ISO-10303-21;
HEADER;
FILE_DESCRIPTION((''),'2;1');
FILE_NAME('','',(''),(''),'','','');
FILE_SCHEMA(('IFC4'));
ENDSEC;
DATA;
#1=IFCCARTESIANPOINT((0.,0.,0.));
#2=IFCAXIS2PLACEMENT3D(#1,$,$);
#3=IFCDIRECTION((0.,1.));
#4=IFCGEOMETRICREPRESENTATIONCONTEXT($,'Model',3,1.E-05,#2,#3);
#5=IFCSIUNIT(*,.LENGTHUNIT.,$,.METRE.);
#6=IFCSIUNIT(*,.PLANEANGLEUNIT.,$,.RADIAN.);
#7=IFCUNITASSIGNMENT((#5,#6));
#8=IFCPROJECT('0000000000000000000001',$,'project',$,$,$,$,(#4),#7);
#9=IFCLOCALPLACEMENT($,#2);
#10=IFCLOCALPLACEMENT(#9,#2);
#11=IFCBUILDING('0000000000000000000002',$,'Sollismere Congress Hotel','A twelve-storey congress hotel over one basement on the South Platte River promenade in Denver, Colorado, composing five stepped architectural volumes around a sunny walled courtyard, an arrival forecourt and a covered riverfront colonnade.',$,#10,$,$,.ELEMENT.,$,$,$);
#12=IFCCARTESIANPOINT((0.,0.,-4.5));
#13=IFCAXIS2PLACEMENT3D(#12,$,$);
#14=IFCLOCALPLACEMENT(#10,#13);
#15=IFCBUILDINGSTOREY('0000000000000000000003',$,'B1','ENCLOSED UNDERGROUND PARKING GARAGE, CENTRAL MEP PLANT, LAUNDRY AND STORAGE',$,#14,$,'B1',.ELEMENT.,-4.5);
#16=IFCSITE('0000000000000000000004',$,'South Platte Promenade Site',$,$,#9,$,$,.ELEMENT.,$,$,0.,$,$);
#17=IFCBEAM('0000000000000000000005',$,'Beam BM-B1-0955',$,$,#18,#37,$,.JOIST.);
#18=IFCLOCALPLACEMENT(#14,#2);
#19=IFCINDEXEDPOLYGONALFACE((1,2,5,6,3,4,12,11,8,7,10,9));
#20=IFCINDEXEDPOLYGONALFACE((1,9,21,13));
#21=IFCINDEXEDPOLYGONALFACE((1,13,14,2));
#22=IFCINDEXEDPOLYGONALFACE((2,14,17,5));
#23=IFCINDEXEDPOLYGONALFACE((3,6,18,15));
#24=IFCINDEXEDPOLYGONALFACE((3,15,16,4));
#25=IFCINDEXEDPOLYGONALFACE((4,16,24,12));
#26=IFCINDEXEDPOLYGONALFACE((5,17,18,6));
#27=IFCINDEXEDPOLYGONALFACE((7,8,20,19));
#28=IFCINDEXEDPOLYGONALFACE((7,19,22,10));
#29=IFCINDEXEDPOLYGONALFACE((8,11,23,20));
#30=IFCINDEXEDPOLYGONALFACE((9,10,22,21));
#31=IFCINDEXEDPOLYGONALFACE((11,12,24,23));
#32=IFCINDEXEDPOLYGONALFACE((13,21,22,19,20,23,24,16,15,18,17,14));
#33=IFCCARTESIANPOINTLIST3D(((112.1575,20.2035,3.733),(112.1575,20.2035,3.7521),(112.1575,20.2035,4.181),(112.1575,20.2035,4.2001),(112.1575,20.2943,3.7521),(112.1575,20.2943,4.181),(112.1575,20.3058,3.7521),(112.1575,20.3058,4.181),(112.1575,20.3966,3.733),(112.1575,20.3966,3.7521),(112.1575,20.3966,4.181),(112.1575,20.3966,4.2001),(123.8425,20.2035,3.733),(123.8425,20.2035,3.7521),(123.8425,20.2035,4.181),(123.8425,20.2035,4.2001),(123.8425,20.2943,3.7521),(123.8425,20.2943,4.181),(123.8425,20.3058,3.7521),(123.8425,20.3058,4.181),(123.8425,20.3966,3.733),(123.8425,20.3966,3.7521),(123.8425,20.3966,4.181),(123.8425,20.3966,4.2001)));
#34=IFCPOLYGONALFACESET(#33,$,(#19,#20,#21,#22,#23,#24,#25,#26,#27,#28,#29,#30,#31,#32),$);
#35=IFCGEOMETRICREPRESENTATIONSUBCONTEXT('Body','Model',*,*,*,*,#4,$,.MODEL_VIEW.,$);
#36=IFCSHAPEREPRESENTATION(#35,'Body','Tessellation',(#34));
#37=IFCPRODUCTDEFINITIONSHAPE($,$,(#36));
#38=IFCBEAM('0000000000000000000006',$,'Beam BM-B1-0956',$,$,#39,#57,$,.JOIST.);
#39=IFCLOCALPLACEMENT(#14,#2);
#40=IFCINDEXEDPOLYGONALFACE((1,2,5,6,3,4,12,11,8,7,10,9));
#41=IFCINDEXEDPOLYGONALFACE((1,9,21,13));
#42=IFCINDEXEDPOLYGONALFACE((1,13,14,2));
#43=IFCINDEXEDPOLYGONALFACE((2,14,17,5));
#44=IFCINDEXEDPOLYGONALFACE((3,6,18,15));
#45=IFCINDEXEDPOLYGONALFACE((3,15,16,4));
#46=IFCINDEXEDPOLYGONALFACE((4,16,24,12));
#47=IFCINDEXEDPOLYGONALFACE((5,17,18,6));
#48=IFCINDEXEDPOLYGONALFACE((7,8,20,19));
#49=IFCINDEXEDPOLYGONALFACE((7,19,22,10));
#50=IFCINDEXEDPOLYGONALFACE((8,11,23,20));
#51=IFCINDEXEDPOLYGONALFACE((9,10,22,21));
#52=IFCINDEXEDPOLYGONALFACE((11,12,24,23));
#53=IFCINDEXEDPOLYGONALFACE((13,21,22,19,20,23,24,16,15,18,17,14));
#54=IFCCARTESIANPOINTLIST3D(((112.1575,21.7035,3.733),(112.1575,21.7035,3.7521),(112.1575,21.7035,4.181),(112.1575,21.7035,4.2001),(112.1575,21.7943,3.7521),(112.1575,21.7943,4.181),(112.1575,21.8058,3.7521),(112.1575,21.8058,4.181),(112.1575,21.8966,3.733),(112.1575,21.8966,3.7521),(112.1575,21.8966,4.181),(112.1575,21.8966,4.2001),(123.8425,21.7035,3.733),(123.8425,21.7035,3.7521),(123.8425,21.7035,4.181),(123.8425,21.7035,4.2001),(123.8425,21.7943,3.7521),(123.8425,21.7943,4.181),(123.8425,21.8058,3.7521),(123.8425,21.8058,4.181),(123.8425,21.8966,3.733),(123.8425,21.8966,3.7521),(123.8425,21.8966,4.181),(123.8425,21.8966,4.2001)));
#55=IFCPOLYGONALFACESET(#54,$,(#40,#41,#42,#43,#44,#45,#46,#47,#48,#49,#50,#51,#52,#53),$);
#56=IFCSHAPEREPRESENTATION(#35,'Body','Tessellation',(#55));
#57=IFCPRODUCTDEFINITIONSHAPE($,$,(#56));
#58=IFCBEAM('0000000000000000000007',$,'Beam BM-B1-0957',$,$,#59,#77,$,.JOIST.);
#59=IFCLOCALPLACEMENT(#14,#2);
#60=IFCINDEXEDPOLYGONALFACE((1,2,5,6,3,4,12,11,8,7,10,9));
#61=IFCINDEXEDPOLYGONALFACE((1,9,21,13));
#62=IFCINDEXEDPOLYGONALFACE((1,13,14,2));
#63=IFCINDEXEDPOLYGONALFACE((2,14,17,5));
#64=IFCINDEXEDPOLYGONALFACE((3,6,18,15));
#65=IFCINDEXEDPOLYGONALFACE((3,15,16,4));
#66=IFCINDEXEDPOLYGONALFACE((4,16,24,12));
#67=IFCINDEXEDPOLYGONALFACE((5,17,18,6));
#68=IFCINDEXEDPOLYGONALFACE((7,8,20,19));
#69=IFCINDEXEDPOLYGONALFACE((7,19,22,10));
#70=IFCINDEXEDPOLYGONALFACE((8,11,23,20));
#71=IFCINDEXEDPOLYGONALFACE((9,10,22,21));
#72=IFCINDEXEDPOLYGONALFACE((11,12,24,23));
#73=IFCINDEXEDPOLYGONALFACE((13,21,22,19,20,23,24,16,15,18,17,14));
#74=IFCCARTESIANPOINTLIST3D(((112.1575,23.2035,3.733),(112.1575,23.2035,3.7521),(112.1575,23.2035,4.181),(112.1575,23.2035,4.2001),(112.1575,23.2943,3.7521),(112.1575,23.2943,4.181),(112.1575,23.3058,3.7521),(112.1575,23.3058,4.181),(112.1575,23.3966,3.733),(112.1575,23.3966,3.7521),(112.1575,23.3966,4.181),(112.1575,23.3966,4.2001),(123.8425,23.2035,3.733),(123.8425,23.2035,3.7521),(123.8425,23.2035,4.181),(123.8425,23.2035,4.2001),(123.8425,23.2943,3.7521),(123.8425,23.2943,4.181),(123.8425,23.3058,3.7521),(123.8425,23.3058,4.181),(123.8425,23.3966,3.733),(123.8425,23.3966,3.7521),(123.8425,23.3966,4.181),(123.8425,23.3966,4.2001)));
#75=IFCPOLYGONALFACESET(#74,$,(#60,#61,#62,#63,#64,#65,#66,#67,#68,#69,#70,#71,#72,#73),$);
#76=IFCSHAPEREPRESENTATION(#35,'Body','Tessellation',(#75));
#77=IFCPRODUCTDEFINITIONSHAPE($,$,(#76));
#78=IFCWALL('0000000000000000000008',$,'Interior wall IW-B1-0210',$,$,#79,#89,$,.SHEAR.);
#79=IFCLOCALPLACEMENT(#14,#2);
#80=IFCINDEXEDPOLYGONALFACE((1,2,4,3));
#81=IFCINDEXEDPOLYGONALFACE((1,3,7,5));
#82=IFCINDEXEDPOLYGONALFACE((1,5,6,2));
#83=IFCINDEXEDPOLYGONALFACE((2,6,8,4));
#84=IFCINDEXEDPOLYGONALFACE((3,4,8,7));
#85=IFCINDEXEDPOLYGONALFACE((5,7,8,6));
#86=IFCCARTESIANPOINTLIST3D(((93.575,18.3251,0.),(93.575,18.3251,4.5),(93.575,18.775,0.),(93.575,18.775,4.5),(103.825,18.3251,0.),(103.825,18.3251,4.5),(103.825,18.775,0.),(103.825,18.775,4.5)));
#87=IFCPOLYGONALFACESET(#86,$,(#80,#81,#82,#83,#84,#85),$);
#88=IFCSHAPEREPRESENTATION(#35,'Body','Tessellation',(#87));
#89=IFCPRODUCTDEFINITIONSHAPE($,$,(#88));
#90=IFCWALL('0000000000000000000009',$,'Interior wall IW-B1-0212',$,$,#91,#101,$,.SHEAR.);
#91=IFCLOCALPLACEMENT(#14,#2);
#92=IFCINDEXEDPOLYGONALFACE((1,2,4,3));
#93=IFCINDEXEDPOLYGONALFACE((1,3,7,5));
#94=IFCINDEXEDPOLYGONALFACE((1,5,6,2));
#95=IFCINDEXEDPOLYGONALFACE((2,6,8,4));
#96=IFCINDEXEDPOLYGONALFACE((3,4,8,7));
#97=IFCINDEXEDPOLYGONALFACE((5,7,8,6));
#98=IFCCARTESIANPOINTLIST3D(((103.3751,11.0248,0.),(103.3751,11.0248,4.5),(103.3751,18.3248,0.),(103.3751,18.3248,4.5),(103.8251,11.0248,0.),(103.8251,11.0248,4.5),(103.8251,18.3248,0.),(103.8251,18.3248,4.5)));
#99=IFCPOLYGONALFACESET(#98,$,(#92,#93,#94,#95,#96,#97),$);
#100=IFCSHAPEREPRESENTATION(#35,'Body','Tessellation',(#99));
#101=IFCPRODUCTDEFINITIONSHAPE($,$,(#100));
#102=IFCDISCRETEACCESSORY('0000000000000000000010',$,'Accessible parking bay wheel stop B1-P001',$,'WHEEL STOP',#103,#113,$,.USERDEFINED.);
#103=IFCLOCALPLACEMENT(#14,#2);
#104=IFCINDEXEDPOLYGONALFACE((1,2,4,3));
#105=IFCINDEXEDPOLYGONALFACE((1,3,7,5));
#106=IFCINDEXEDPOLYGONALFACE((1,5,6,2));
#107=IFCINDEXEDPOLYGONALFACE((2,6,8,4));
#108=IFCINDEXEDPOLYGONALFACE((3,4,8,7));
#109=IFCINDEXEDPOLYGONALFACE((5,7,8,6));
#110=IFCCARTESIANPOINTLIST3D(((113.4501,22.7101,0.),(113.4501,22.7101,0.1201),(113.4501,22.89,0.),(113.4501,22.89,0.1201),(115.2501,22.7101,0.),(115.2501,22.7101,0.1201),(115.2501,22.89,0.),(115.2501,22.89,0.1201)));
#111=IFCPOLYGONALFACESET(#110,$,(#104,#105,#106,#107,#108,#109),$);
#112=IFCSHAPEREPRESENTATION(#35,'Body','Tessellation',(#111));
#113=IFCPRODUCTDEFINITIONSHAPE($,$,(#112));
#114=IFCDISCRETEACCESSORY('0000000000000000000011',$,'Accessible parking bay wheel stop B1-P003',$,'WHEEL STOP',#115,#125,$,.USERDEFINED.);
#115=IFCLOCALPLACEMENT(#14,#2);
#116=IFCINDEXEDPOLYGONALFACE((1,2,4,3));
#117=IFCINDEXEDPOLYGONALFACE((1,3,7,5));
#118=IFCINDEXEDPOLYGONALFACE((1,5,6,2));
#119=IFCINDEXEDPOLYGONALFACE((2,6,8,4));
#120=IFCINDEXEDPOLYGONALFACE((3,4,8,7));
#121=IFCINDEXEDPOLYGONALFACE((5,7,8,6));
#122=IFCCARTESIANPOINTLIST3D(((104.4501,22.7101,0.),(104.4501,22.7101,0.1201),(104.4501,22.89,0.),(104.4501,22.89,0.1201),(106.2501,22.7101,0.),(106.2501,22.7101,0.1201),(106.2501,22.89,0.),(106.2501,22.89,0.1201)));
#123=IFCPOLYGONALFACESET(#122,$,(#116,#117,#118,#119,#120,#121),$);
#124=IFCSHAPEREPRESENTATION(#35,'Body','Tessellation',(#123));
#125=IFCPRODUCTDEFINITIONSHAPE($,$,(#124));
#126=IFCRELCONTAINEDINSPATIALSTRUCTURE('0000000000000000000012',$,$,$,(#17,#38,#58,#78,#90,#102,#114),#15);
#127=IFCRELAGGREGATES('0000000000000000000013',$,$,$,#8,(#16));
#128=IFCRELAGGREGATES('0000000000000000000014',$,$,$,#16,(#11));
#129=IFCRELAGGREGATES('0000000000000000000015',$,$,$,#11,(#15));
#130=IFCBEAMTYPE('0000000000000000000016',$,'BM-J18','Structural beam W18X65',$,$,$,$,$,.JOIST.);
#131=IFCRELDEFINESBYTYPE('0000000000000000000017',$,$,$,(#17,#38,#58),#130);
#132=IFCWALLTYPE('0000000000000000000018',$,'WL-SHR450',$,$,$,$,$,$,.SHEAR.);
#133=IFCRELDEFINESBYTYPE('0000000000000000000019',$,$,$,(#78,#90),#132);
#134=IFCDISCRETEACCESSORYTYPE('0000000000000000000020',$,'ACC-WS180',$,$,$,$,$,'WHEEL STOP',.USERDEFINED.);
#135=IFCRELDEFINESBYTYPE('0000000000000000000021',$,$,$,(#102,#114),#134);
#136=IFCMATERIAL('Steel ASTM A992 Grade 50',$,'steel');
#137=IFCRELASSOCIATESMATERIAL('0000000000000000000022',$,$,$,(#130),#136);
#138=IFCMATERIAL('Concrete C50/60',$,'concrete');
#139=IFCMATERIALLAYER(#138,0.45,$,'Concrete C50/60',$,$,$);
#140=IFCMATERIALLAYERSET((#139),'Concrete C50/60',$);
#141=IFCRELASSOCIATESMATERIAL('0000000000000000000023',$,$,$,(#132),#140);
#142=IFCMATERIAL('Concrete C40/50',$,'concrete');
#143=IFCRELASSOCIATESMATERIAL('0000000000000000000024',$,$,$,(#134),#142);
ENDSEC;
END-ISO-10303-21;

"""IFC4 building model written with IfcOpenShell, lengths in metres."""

from ifc_helpers import new_model, si_unit, direction, frame, frame_2d, origin, origin_2d, place, context, subcontext, project, spatial, rectangle, i_section, extrude, material, layer, layer_set, material_profile, profile_set, type_object, element, save


model = new_model("IFC4")

# Units and contexts
model_context = context("Model", 3, precision=1e-05, world=origin(), true_north=direction((0.0, 1.0)))
body_context = subcontext(model_context, "Body", "Model", "MODEL_VIEW")
ifc_project = project(units=[si_unit("LENGTHUNIT", "METRE"), si_unit("PLANEANGLEUNIT", "RADIAN")], contexts=[model_context])

# Site, building, storey
site_placement = place(None, origin())
site = spatial("IfcSite", under=ifc_project, at=site_placement, Name="South Platte Promenade Site", CompositionType="ELEMENT", RefElevation=0.0)
building_placement = place(site_placement, origin())
building = spatial("IfcBuilding", under=site, at=building_placement, Name="Sollismere Congress Hotel", Description="A twelve-storey congress hotel over one basement on the South Platte River promenade in Denver, Colorado, composing five stepped architectural volumes around a sunny walled courtyard, an arrival forecourt and a covered riverfront colonnade.", CompositionType="ELEMENT")
storey_placement = place(building_placement, frame((0.0, 0.0, -4.5)))
storey = spatial("IfcBuildingStorey", under=building, at=storey_placement, Name="B1", Description="ENCLOSED UNDERGROUND PARKING GARAGE, CENTRAL MEP PLANT, LAUNDRY AND STORAGE", LongName="B1", CompositionType="ELEMENT", Elevation=-4.5)

# Shared definitions
ifc_material_1 = material(Name="Concrete C40/50", Category="concrete")

# Shared definitions
ifc_material_2 = material(Name="Concrete C50/60", Category="concrete")

# Beams
ifc_material_3 = material(Name="Steel ASTM A992 Grade 50", Category="steel")
ifc_material_profile_1 = material_profile(ifc_material_3, i_section(OverallWidth=0.1931, OverallDepth=0.467, WebThickness=0.0115, FlangeThickness=0.019, at=origin_2d()), Name="W18X65")
ifc_profile_set_1 = profile_set([ifc_material_profile_1], Name="Steel ASTM A992 Grade 50")
beam_type_1 = type_object("IfcBeamType", Name="BM-J18", Description="Structural beam W18X65", PredefinedType="JOIST", material=ifc_profile_set_1)
for number, where, z_axis, x_axis, name in (
    (1, (112.1575, 20.3, 3.9666), (1.0, 0.0, 0.0), (0.0, 1.0, 0.0), "Beam BM-B1-0955"),
    (2, (112.1575, 21.8, 3.9666), (1.0, 0.0, 0.0), (0.0, 1.0, 0.0), "Beam BM-B1-0956"),
    (3, (112.1575, 23.3, 3.9666), (1.0, 0.0, 0.0), (0.0, 1.0, 0.0), "Beam BM-B1-0957"),
):
    element("IfcBeam", number, at=place(storey_placement, frame(where, z_axis=z_axis, x_axis=x_axis)), inside=storey, type_object=beam_type_1, Name=name, PredefinedType="JOIST", context=body_context, shape_type="SweptSolid", body=[
        extrude(i_section(OverallWidth=0.1931, OverallDepth=0.467, WebThickness=0.0115, FlangeThickness=0.019, at=origin_2d()), origin(), (0.0, 0.0, 1.0), 11.6851),
    ])

# Walls
ifc_layer = layer(ifc_material_2, 0.45, Name="Concrete C50/60")
ifc_layer_set = layer_set([ifc_layer], Name="Concrete C50/60")
wall_type = type_object("IfcWallType", Name="WL-SHR450", PredefinedType="SHEAR", material=ifc_layer_set)
wall_1_placement = place(storey_placement, frame((103.825, 18.55, 0.0), z_axis=(0.0, 0.0, 1.0), x_axis=(-1.0, 0.0, 0.0)))
element("IfcWall", 4, at=wall_1_placement, inside=storey, type_object=wall_type, Name="Interior wall IW-B1-0210", PredefinedType="SHEAR", context=body_context, shape_type="SweptSolid", body=[
    extrude(rectangle(XDim=10.25, YDim=0.45, at=frame_2d((5.125, 0.0))), origin(), (0.0, 0.0, 1.0), 4.5),
])
wall_2_placement = place(storey_placement, frame((103.6001, 11.0249, 0.0), z_axis=(0.0, 0.0, 1.0), x_axis=(0.0, 1.0, 0.0)))
element("IfcWall", 5, at=wall_2_placement, inside=storey, type_object=wall_type, Name="Interior wall IW-B1-0212", PredefinedType="SHEAR", context=body_context, shape_type="SweptSolid", body=[
    extrude(rectangle(XDim=7.3, YDim=0.45, at=frame_2d((3.6499, 0.0))), origin(), (0.0, 0.0, 1.0), 4.5),
])

# Discrete accessories
discrete_accessory_type = type_object("IfcDiscreteAccessoryType", Name="ACC-WS180", ElementType="WHEEL STOP", PredefinedType="USERDEFINED", material=ifc_material_1)
for number, where, z_axis, x_axis, name in (
    (6, (114.3501, 22.8, 0.0), (0.0, 0.0, 1.0), (1.0, 0.0, 0.0), "Accessible parking bay wheel stop B1-P001"),
    (7, (105.3501, 22.8, 0.0), (0.0, 0.0, 1.0), (1.0, 0.0, 0.0), "Accessible parking bay wheel stop B1-P003"),
):
    element("IfcDiscreteAccessory", number, at=place(storey_placement, frame(where, z_axis=z_axis, x_axis=x_axis)), inside=storey, type_object=discrete_accessory_type, Name=name, ObjectType="WHEEL STOP", PredefinedType="USERDEFINED", context=body_context, shape_type="SweptSolid", body=[
        extrude(rectangle(XDim=1.8, YDim=0.1799, at=origin_2d()), origin(), (0.0, 0.0, 1.0), 0.1201),
    ])

save(model, "model.ifc")
